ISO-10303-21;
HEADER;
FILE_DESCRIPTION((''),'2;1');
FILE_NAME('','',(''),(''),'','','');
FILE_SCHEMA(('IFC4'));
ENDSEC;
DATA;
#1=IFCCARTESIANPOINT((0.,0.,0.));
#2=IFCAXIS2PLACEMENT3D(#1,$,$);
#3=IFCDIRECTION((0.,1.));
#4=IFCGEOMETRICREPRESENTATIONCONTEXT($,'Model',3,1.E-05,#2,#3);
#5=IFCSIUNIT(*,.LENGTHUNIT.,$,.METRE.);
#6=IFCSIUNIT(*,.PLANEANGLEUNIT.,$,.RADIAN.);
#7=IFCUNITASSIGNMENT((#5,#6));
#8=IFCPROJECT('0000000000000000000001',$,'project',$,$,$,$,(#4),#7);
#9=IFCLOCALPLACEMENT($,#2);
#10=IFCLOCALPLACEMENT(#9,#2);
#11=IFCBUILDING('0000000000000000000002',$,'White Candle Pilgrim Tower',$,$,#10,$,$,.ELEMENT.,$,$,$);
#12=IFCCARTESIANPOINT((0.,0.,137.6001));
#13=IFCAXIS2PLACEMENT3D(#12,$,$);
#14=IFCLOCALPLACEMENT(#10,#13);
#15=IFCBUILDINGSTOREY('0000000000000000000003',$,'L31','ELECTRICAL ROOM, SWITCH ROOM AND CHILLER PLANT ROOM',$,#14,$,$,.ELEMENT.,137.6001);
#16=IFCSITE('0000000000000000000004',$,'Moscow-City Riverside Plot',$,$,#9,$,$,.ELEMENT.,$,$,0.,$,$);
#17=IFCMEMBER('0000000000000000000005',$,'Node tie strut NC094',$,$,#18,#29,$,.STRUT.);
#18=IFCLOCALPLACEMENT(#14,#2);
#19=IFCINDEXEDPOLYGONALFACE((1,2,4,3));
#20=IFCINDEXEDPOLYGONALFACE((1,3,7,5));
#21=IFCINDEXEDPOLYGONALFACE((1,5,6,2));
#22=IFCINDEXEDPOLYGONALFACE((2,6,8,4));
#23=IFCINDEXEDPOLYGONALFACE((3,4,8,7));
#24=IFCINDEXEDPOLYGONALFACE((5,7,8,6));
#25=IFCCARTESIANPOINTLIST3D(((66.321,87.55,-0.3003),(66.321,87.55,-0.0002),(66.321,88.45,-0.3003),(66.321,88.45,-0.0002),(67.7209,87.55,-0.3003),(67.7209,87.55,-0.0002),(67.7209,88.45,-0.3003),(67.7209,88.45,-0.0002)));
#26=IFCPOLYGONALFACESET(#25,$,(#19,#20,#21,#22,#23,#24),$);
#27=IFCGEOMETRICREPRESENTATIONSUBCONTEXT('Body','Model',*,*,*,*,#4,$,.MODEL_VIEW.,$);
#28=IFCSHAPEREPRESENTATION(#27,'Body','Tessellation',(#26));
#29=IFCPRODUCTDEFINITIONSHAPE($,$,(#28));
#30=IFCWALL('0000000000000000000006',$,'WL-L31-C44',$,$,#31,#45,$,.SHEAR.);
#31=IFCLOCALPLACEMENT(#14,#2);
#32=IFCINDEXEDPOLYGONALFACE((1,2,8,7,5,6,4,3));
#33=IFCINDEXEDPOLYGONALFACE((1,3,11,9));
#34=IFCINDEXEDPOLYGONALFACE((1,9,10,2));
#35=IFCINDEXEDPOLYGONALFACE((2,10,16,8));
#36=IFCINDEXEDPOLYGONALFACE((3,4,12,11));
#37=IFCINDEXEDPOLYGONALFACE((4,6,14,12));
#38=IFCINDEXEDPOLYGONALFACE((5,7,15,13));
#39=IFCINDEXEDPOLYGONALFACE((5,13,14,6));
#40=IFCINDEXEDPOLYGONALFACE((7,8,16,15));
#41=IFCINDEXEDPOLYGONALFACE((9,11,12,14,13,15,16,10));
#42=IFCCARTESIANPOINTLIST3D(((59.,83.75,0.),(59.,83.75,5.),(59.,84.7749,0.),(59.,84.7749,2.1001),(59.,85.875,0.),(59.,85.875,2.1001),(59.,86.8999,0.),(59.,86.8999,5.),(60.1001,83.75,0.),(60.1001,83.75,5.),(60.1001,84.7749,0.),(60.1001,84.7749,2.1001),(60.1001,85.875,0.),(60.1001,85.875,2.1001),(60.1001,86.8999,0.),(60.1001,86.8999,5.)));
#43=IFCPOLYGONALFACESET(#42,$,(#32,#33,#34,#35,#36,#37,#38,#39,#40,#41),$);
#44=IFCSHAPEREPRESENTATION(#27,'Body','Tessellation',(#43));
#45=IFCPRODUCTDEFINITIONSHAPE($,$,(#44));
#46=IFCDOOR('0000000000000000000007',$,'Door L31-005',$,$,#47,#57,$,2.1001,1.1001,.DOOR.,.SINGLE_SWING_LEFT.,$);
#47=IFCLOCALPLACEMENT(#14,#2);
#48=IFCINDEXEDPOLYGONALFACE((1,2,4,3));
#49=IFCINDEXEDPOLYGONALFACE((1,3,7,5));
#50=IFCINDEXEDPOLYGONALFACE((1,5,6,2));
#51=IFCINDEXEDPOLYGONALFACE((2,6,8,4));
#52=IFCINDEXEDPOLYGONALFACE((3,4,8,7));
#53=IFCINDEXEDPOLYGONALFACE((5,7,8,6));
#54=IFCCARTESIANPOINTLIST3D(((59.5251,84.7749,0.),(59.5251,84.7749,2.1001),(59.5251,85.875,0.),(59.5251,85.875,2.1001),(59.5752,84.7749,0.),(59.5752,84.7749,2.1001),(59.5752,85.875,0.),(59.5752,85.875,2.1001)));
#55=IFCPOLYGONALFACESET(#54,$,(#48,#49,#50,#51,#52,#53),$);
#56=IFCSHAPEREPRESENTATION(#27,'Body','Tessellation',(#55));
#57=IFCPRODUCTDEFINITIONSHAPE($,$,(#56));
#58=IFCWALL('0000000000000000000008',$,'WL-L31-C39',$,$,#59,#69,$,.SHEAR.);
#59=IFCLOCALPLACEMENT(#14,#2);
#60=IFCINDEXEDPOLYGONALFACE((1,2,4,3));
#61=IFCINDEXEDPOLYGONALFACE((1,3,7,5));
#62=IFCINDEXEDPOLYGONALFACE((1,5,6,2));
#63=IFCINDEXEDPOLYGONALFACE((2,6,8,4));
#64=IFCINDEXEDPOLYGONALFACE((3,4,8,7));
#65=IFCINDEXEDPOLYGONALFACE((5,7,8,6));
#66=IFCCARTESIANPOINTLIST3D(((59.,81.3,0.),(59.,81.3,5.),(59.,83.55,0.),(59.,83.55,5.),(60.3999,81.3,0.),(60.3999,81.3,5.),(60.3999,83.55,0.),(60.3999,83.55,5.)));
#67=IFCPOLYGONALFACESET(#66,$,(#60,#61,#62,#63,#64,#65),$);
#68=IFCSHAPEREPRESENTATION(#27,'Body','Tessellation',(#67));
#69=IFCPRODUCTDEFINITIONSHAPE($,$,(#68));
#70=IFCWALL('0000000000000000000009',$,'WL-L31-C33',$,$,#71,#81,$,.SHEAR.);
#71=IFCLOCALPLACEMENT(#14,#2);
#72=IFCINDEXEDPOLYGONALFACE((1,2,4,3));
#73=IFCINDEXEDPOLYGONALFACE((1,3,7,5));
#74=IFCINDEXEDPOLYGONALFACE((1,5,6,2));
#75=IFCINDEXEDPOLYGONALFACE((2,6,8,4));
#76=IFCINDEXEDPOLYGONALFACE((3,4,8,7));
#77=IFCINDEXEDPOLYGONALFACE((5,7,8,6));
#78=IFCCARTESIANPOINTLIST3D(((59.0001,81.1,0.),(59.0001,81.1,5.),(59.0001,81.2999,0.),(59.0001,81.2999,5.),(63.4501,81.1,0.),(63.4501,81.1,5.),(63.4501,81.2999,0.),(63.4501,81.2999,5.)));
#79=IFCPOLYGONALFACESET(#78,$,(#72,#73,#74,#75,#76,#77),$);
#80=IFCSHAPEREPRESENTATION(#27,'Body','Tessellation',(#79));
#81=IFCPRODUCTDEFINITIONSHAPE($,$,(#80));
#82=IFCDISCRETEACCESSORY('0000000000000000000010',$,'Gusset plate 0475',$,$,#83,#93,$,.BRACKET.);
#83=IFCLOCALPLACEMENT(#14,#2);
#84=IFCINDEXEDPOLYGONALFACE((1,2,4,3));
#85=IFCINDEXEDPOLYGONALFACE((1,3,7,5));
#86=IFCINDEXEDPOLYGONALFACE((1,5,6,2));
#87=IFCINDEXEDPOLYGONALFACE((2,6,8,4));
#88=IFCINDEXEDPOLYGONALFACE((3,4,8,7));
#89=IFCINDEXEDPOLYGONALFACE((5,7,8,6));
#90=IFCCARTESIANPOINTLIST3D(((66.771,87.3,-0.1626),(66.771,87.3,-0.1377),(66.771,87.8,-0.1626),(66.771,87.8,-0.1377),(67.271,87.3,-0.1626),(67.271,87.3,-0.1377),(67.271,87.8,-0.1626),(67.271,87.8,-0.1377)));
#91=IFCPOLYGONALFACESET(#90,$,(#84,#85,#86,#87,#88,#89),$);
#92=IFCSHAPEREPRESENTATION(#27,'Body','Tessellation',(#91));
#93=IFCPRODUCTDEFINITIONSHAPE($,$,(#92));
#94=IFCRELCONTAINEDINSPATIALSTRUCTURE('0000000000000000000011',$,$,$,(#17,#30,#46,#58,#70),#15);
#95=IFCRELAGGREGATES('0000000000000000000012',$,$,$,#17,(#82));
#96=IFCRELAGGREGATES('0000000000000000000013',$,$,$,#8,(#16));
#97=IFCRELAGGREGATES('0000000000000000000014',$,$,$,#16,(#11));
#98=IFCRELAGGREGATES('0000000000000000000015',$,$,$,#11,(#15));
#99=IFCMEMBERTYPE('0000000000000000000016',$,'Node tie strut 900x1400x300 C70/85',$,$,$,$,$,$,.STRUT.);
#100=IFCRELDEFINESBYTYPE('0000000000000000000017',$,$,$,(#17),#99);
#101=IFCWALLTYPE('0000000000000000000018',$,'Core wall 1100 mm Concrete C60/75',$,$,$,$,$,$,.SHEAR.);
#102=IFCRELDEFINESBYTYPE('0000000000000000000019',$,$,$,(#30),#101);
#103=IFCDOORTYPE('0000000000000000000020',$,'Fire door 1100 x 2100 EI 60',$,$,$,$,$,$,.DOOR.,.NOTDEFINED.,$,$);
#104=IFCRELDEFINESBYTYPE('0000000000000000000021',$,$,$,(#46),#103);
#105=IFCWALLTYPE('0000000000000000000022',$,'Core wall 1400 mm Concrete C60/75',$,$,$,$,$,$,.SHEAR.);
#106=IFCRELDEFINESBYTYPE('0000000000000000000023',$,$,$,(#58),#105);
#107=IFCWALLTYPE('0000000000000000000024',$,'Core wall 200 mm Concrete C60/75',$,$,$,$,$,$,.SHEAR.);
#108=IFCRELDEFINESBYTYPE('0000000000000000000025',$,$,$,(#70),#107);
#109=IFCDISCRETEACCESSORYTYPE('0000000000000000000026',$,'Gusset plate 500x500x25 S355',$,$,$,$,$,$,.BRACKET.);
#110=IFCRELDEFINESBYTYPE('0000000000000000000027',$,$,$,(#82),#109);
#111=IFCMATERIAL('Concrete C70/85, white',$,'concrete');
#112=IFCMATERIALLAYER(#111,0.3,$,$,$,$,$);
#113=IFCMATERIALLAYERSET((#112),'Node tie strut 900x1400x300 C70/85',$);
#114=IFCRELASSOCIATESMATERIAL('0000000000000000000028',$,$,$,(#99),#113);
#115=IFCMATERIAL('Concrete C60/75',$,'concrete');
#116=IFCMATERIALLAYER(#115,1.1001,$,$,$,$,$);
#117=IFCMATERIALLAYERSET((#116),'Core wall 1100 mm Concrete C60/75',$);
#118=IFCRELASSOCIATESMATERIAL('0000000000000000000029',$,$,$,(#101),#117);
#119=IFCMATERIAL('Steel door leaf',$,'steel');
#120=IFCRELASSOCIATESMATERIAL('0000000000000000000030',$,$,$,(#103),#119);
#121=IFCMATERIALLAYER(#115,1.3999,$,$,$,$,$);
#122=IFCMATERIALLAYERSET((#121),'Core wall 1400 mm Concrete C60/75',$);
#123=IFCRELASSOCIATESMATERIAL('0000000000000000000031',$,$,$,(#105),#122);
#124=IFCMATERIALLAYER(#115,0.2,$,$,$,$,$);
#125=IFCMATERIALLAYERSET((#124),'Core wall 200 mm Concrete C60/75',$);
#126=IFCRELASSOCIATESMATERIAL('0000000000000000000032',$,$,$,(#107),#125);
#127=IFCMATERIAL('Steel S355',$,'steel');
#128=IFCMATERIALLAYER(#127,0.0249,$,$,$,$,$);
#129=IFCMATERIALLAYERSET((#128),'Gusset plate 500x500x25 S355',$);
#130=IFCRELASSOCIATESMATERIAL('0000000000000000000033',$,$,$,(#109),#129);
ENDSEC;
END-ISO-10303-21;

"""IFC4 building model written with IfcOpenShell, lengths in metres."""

from ifc_helpers import new_model, si_unit, direction, frame, frame_2d, origin, origin_2d, place, context, subcontext, project, spatial, rectangle, extrude, material, layer, layer_set, type_object, element, fill, aggregate, save


model = new_model("IFC4")

# Units and contexts
model_context = context("Model", 3, precision=1e-05, world=origin(), true_north=direction((0.0, 1.0)))
body_context = subcontext(model_context, "Body", "Model", "MODEL_VIEW")
ifc_project = project(units=[si_unit("LENGTHUNIT", "METRE"), si_unit("PLANEANGLEUNIT", "RADIAN")], contexts=[model_context])

# Site, building, storey
site_placement = place(None, origin())
site = spatial("IfcSite", under=ifc_project, at=site_placement, Name="Moscow-City Riverside Plot", CompositionType="ELEMENT", RefElevation=0.0)
building_placement = place(site_placement, origin())
building = spatial("IfcBuilding", under=site, at=building_placement, Name="White Candle Pilgrim Tower", CompositionType="ELEMENT")
storey_placement = place(building_placement, frame((0.0, 0.0, 137.6001)))
storey = spatial("IfcBuildingStorey", under=building, at=storey_placement, Name="L31", Description="ELECTRICAL ROOM, SWITCH ROOM AND CHILLER PLANT ROOM", CompositionType="ELEMENT", Elevation=137.6001)

# Member
ifc_material_1 = material(Name="Concrete C70/85, white", Category="concrete")
ifc_layer_1 = layer(ifc_material_1, 0.3)
ifc_layer_set_1 = layer_set([ifc_layer_1], Name="Node tie strut 900x1400x300 C70/85")
member_type = type_object("IfcMemberType", Name="Node tie strut 900x1400x300 C70/85", PredefinedType="STRUT", material=ifc_layer_set_1)
member_placement = place(storey_placement, frame((67.021, 88.0, -0.3003), z_axis=(0.0, 0.0, 1.0), x_axis=(-1.0, 0.0, 0.0)))
member = element("IfcMember", 1, at=member_placement, inside=storey, type_object=member_type, Name="Node tie strut NC094", PredefinedType="STRUT", context=body_context, shape_type="SweptSolid", body=[
    extrude(rectangle(XDim=1.3999, YDim=0.8999, at=origin_2d()), origin(), (0.0, 0.0, 1.0), 0.3),
])

# Wall, opening, door
ifc_material_2 = material(Name="Concrete C60/75", Category="concrete")
ifc_layer_2 = layer(ifc_material_2, 1.1001)
ifc_layer_set_2 = layer_set([ifc_layer_2], Name="Core wall 1100 mm Concrete C60/75")
wall_type_1 = type_object("IfcWallType", Name="Core wall 1100 mm Concrete C60/75", PredefinedType="SHEAR", material=ifc_layer_set_2)
wall_1_placement = place(storey_placement, frame((59.55, 83.75, 0.0), z_axis=(0.0, 0.0, 1.0), x_axis=(0.0, 1.0, 0.0)))
wall_1 = element("IfcWall", 2, at=wall_1_placement, inside=storey, type_object=wall_type_1, Name="WL-L31-C44", PredefinedType="SHEAR", context=body_context, shape_type="SweptSolid", body=[
    extrude(rectangle(XDim=3.1499, YDim=1.1001, at=frame_2d((1.575, 0.0))), origin(), (0.0, 0.0, 1.0), 5.0),
])
opening_1_placement = place(wall_1_placement, frame((1.0249, 0.0, 0.0)))
opening_1 = element("IfcOpeningElement", 3, at=opening_1_placement, cuts=wall_1, PredefinedType="OPENING", context=body_context, shape_type="SweptSolid", body=[
    extrude(rectangle(XDim=1.1001, YDim=2.1001, at=frame_2d((0.55, 1.05))), frame((0.0, 0.5601, 0.0), z_axis=(0.0, -1.0, 0.0), x_axis=(1.0, 0.0, 0.0)), (0.0, 0.0, 1.0), 1.1201),
])
ifc_material_3 = material(Name="Steel door leaf", Category="steel")
door_type_1 = type_object("IfcDoorType", Name="Fire door 1100 x 2100 EI 60", OperationType="NOTDEFINED", PredefinedType="DOOR", material=ifc_material_3)
door_1_placement = place(opening_1_placement, origin())
door_1 = element("IfcDoor", 4, at=door_1_placement, inside=storey, type_object=door_type_1, Name="Door L31-005", OperationType="SINGLE_SWING_LEFT", OverallHeight=2.1001, OverallWidth=1.1001, PredefinedType="DOOR", context=body_context, shape_type="SweptSolid", body=[
    extrude(rectangle(XDim=1.1001, YDim=2.1001, at=frame_2d((0.55, 1.05))), frame((0.0, 0.0249, 0.0), z_axis=(0.0, -1.0, 0.0), x_axis=(1.0, 0.0, 0.0)), (0.0, 0.0, 1.0), 0.05),
])
fill(opening_1, door_1)

# Walls
ifc_layer_3 = layer(ifc_material_2, 1.3999)
ifc_layer_set_3 = layer_set([ifc_layer_3], Name="Core wall 1400 mm Concrete C60/75")
wall_type_2 = type_object("IfcWallType", Name="Core wall 1400 mm Concrete C60/75", PredefinedType="SHEAR", material=ifc_layer_set_3)
wall_2_placement = place(storey_placement, frame((59.7, 81.3, 0.0), z_axis=(0.0, 0.0, 1.0), x_axis=(0.0, 1.0, 0.0)))
element("IfcWall", 5, at=wall_2_placement, inside=storey, type_object=wall_type_2, Name="WL-L31-C39", PredefinedType="SHEAR", context=body_context, shape_type="SweptSolid", body=[
    extrude(rectangle(XDim=2.25, YDim=1.3999, at=frame_2d((1.125, 0.0))), origin(), (0.0, 0.0, 1.0), 5.0),
])
ifc_layer_4 = layer(ifc_material_2, 0.2)
ifc_layer_set_4 = layer_set([ifc_layer_4], Name="Core wall 200 mm Concrete C60/75")
wall_type_3 = type_object("IfcWallType", Name="Core wall 200 mm Concrete C60/75", PredefinedType="SHEAR", material=ifc_layer_set_4)
wall_3_placement = place(storey_placement, frame((59.0, 81.2, 0.0), z_axis=(0.0, 0.0, 1.0), x_axis=(1.0, 0.0, 0.0)))
element("IfcWall", 6, at=wall_3_placement, inside=storey, type_object=wall_type_3, Name="WL-L31-C33", PredefinedType="SHEAR", context=body_context, shape_type="SweptSolid", body=[
    extrude(rectangle(XDim=4.45, YDim=0.2, at=frame_2d((2.2251, 0.0))), origin(), (0.0, 0.0, 1.0), 5.0),
])

# Discrete accessory
ifc_material_4 = material(Name="Steel S355", Category="steel")
ifc_layer_5 = layer(ifc_material_4, 0.0249)
ifc_layer_set_5 = layer_set([ifc_layer_5], Name="Gusset plate 500x500x25 S355")
discrete_accessory_type = type_object("IfcDiscreteAccessoryType", Name="Gusset plate 500x500x25 S355", PredefinedType="BRACKET", material=ifc_layer_set_5)
discrete_accessory_placement = place(storey_placement, frame((67.021, 87.55, -0.1626), z_axis=(0.0, 0.0, 1.0), x_axis=(1.0, 0.0, 0.0)))
discrete_accessory = element("IfcDiscreteAccessory", 7, at=discrete_accessory_placement, type_object=discrete_accessory_type, Name="Gusset plate 0475", PredefinedType="BRACKET", context=body_context, shape_type="SweptSolid", body=[
    extrude(rectangle(XDim=0.5, YDim=0.5, at=origin_2d()), origin(), (0.0, 0.0, 1.0), 0.0249),
])
aggregate(member, [discrete_accessory])

save(model, "model.ifc")
